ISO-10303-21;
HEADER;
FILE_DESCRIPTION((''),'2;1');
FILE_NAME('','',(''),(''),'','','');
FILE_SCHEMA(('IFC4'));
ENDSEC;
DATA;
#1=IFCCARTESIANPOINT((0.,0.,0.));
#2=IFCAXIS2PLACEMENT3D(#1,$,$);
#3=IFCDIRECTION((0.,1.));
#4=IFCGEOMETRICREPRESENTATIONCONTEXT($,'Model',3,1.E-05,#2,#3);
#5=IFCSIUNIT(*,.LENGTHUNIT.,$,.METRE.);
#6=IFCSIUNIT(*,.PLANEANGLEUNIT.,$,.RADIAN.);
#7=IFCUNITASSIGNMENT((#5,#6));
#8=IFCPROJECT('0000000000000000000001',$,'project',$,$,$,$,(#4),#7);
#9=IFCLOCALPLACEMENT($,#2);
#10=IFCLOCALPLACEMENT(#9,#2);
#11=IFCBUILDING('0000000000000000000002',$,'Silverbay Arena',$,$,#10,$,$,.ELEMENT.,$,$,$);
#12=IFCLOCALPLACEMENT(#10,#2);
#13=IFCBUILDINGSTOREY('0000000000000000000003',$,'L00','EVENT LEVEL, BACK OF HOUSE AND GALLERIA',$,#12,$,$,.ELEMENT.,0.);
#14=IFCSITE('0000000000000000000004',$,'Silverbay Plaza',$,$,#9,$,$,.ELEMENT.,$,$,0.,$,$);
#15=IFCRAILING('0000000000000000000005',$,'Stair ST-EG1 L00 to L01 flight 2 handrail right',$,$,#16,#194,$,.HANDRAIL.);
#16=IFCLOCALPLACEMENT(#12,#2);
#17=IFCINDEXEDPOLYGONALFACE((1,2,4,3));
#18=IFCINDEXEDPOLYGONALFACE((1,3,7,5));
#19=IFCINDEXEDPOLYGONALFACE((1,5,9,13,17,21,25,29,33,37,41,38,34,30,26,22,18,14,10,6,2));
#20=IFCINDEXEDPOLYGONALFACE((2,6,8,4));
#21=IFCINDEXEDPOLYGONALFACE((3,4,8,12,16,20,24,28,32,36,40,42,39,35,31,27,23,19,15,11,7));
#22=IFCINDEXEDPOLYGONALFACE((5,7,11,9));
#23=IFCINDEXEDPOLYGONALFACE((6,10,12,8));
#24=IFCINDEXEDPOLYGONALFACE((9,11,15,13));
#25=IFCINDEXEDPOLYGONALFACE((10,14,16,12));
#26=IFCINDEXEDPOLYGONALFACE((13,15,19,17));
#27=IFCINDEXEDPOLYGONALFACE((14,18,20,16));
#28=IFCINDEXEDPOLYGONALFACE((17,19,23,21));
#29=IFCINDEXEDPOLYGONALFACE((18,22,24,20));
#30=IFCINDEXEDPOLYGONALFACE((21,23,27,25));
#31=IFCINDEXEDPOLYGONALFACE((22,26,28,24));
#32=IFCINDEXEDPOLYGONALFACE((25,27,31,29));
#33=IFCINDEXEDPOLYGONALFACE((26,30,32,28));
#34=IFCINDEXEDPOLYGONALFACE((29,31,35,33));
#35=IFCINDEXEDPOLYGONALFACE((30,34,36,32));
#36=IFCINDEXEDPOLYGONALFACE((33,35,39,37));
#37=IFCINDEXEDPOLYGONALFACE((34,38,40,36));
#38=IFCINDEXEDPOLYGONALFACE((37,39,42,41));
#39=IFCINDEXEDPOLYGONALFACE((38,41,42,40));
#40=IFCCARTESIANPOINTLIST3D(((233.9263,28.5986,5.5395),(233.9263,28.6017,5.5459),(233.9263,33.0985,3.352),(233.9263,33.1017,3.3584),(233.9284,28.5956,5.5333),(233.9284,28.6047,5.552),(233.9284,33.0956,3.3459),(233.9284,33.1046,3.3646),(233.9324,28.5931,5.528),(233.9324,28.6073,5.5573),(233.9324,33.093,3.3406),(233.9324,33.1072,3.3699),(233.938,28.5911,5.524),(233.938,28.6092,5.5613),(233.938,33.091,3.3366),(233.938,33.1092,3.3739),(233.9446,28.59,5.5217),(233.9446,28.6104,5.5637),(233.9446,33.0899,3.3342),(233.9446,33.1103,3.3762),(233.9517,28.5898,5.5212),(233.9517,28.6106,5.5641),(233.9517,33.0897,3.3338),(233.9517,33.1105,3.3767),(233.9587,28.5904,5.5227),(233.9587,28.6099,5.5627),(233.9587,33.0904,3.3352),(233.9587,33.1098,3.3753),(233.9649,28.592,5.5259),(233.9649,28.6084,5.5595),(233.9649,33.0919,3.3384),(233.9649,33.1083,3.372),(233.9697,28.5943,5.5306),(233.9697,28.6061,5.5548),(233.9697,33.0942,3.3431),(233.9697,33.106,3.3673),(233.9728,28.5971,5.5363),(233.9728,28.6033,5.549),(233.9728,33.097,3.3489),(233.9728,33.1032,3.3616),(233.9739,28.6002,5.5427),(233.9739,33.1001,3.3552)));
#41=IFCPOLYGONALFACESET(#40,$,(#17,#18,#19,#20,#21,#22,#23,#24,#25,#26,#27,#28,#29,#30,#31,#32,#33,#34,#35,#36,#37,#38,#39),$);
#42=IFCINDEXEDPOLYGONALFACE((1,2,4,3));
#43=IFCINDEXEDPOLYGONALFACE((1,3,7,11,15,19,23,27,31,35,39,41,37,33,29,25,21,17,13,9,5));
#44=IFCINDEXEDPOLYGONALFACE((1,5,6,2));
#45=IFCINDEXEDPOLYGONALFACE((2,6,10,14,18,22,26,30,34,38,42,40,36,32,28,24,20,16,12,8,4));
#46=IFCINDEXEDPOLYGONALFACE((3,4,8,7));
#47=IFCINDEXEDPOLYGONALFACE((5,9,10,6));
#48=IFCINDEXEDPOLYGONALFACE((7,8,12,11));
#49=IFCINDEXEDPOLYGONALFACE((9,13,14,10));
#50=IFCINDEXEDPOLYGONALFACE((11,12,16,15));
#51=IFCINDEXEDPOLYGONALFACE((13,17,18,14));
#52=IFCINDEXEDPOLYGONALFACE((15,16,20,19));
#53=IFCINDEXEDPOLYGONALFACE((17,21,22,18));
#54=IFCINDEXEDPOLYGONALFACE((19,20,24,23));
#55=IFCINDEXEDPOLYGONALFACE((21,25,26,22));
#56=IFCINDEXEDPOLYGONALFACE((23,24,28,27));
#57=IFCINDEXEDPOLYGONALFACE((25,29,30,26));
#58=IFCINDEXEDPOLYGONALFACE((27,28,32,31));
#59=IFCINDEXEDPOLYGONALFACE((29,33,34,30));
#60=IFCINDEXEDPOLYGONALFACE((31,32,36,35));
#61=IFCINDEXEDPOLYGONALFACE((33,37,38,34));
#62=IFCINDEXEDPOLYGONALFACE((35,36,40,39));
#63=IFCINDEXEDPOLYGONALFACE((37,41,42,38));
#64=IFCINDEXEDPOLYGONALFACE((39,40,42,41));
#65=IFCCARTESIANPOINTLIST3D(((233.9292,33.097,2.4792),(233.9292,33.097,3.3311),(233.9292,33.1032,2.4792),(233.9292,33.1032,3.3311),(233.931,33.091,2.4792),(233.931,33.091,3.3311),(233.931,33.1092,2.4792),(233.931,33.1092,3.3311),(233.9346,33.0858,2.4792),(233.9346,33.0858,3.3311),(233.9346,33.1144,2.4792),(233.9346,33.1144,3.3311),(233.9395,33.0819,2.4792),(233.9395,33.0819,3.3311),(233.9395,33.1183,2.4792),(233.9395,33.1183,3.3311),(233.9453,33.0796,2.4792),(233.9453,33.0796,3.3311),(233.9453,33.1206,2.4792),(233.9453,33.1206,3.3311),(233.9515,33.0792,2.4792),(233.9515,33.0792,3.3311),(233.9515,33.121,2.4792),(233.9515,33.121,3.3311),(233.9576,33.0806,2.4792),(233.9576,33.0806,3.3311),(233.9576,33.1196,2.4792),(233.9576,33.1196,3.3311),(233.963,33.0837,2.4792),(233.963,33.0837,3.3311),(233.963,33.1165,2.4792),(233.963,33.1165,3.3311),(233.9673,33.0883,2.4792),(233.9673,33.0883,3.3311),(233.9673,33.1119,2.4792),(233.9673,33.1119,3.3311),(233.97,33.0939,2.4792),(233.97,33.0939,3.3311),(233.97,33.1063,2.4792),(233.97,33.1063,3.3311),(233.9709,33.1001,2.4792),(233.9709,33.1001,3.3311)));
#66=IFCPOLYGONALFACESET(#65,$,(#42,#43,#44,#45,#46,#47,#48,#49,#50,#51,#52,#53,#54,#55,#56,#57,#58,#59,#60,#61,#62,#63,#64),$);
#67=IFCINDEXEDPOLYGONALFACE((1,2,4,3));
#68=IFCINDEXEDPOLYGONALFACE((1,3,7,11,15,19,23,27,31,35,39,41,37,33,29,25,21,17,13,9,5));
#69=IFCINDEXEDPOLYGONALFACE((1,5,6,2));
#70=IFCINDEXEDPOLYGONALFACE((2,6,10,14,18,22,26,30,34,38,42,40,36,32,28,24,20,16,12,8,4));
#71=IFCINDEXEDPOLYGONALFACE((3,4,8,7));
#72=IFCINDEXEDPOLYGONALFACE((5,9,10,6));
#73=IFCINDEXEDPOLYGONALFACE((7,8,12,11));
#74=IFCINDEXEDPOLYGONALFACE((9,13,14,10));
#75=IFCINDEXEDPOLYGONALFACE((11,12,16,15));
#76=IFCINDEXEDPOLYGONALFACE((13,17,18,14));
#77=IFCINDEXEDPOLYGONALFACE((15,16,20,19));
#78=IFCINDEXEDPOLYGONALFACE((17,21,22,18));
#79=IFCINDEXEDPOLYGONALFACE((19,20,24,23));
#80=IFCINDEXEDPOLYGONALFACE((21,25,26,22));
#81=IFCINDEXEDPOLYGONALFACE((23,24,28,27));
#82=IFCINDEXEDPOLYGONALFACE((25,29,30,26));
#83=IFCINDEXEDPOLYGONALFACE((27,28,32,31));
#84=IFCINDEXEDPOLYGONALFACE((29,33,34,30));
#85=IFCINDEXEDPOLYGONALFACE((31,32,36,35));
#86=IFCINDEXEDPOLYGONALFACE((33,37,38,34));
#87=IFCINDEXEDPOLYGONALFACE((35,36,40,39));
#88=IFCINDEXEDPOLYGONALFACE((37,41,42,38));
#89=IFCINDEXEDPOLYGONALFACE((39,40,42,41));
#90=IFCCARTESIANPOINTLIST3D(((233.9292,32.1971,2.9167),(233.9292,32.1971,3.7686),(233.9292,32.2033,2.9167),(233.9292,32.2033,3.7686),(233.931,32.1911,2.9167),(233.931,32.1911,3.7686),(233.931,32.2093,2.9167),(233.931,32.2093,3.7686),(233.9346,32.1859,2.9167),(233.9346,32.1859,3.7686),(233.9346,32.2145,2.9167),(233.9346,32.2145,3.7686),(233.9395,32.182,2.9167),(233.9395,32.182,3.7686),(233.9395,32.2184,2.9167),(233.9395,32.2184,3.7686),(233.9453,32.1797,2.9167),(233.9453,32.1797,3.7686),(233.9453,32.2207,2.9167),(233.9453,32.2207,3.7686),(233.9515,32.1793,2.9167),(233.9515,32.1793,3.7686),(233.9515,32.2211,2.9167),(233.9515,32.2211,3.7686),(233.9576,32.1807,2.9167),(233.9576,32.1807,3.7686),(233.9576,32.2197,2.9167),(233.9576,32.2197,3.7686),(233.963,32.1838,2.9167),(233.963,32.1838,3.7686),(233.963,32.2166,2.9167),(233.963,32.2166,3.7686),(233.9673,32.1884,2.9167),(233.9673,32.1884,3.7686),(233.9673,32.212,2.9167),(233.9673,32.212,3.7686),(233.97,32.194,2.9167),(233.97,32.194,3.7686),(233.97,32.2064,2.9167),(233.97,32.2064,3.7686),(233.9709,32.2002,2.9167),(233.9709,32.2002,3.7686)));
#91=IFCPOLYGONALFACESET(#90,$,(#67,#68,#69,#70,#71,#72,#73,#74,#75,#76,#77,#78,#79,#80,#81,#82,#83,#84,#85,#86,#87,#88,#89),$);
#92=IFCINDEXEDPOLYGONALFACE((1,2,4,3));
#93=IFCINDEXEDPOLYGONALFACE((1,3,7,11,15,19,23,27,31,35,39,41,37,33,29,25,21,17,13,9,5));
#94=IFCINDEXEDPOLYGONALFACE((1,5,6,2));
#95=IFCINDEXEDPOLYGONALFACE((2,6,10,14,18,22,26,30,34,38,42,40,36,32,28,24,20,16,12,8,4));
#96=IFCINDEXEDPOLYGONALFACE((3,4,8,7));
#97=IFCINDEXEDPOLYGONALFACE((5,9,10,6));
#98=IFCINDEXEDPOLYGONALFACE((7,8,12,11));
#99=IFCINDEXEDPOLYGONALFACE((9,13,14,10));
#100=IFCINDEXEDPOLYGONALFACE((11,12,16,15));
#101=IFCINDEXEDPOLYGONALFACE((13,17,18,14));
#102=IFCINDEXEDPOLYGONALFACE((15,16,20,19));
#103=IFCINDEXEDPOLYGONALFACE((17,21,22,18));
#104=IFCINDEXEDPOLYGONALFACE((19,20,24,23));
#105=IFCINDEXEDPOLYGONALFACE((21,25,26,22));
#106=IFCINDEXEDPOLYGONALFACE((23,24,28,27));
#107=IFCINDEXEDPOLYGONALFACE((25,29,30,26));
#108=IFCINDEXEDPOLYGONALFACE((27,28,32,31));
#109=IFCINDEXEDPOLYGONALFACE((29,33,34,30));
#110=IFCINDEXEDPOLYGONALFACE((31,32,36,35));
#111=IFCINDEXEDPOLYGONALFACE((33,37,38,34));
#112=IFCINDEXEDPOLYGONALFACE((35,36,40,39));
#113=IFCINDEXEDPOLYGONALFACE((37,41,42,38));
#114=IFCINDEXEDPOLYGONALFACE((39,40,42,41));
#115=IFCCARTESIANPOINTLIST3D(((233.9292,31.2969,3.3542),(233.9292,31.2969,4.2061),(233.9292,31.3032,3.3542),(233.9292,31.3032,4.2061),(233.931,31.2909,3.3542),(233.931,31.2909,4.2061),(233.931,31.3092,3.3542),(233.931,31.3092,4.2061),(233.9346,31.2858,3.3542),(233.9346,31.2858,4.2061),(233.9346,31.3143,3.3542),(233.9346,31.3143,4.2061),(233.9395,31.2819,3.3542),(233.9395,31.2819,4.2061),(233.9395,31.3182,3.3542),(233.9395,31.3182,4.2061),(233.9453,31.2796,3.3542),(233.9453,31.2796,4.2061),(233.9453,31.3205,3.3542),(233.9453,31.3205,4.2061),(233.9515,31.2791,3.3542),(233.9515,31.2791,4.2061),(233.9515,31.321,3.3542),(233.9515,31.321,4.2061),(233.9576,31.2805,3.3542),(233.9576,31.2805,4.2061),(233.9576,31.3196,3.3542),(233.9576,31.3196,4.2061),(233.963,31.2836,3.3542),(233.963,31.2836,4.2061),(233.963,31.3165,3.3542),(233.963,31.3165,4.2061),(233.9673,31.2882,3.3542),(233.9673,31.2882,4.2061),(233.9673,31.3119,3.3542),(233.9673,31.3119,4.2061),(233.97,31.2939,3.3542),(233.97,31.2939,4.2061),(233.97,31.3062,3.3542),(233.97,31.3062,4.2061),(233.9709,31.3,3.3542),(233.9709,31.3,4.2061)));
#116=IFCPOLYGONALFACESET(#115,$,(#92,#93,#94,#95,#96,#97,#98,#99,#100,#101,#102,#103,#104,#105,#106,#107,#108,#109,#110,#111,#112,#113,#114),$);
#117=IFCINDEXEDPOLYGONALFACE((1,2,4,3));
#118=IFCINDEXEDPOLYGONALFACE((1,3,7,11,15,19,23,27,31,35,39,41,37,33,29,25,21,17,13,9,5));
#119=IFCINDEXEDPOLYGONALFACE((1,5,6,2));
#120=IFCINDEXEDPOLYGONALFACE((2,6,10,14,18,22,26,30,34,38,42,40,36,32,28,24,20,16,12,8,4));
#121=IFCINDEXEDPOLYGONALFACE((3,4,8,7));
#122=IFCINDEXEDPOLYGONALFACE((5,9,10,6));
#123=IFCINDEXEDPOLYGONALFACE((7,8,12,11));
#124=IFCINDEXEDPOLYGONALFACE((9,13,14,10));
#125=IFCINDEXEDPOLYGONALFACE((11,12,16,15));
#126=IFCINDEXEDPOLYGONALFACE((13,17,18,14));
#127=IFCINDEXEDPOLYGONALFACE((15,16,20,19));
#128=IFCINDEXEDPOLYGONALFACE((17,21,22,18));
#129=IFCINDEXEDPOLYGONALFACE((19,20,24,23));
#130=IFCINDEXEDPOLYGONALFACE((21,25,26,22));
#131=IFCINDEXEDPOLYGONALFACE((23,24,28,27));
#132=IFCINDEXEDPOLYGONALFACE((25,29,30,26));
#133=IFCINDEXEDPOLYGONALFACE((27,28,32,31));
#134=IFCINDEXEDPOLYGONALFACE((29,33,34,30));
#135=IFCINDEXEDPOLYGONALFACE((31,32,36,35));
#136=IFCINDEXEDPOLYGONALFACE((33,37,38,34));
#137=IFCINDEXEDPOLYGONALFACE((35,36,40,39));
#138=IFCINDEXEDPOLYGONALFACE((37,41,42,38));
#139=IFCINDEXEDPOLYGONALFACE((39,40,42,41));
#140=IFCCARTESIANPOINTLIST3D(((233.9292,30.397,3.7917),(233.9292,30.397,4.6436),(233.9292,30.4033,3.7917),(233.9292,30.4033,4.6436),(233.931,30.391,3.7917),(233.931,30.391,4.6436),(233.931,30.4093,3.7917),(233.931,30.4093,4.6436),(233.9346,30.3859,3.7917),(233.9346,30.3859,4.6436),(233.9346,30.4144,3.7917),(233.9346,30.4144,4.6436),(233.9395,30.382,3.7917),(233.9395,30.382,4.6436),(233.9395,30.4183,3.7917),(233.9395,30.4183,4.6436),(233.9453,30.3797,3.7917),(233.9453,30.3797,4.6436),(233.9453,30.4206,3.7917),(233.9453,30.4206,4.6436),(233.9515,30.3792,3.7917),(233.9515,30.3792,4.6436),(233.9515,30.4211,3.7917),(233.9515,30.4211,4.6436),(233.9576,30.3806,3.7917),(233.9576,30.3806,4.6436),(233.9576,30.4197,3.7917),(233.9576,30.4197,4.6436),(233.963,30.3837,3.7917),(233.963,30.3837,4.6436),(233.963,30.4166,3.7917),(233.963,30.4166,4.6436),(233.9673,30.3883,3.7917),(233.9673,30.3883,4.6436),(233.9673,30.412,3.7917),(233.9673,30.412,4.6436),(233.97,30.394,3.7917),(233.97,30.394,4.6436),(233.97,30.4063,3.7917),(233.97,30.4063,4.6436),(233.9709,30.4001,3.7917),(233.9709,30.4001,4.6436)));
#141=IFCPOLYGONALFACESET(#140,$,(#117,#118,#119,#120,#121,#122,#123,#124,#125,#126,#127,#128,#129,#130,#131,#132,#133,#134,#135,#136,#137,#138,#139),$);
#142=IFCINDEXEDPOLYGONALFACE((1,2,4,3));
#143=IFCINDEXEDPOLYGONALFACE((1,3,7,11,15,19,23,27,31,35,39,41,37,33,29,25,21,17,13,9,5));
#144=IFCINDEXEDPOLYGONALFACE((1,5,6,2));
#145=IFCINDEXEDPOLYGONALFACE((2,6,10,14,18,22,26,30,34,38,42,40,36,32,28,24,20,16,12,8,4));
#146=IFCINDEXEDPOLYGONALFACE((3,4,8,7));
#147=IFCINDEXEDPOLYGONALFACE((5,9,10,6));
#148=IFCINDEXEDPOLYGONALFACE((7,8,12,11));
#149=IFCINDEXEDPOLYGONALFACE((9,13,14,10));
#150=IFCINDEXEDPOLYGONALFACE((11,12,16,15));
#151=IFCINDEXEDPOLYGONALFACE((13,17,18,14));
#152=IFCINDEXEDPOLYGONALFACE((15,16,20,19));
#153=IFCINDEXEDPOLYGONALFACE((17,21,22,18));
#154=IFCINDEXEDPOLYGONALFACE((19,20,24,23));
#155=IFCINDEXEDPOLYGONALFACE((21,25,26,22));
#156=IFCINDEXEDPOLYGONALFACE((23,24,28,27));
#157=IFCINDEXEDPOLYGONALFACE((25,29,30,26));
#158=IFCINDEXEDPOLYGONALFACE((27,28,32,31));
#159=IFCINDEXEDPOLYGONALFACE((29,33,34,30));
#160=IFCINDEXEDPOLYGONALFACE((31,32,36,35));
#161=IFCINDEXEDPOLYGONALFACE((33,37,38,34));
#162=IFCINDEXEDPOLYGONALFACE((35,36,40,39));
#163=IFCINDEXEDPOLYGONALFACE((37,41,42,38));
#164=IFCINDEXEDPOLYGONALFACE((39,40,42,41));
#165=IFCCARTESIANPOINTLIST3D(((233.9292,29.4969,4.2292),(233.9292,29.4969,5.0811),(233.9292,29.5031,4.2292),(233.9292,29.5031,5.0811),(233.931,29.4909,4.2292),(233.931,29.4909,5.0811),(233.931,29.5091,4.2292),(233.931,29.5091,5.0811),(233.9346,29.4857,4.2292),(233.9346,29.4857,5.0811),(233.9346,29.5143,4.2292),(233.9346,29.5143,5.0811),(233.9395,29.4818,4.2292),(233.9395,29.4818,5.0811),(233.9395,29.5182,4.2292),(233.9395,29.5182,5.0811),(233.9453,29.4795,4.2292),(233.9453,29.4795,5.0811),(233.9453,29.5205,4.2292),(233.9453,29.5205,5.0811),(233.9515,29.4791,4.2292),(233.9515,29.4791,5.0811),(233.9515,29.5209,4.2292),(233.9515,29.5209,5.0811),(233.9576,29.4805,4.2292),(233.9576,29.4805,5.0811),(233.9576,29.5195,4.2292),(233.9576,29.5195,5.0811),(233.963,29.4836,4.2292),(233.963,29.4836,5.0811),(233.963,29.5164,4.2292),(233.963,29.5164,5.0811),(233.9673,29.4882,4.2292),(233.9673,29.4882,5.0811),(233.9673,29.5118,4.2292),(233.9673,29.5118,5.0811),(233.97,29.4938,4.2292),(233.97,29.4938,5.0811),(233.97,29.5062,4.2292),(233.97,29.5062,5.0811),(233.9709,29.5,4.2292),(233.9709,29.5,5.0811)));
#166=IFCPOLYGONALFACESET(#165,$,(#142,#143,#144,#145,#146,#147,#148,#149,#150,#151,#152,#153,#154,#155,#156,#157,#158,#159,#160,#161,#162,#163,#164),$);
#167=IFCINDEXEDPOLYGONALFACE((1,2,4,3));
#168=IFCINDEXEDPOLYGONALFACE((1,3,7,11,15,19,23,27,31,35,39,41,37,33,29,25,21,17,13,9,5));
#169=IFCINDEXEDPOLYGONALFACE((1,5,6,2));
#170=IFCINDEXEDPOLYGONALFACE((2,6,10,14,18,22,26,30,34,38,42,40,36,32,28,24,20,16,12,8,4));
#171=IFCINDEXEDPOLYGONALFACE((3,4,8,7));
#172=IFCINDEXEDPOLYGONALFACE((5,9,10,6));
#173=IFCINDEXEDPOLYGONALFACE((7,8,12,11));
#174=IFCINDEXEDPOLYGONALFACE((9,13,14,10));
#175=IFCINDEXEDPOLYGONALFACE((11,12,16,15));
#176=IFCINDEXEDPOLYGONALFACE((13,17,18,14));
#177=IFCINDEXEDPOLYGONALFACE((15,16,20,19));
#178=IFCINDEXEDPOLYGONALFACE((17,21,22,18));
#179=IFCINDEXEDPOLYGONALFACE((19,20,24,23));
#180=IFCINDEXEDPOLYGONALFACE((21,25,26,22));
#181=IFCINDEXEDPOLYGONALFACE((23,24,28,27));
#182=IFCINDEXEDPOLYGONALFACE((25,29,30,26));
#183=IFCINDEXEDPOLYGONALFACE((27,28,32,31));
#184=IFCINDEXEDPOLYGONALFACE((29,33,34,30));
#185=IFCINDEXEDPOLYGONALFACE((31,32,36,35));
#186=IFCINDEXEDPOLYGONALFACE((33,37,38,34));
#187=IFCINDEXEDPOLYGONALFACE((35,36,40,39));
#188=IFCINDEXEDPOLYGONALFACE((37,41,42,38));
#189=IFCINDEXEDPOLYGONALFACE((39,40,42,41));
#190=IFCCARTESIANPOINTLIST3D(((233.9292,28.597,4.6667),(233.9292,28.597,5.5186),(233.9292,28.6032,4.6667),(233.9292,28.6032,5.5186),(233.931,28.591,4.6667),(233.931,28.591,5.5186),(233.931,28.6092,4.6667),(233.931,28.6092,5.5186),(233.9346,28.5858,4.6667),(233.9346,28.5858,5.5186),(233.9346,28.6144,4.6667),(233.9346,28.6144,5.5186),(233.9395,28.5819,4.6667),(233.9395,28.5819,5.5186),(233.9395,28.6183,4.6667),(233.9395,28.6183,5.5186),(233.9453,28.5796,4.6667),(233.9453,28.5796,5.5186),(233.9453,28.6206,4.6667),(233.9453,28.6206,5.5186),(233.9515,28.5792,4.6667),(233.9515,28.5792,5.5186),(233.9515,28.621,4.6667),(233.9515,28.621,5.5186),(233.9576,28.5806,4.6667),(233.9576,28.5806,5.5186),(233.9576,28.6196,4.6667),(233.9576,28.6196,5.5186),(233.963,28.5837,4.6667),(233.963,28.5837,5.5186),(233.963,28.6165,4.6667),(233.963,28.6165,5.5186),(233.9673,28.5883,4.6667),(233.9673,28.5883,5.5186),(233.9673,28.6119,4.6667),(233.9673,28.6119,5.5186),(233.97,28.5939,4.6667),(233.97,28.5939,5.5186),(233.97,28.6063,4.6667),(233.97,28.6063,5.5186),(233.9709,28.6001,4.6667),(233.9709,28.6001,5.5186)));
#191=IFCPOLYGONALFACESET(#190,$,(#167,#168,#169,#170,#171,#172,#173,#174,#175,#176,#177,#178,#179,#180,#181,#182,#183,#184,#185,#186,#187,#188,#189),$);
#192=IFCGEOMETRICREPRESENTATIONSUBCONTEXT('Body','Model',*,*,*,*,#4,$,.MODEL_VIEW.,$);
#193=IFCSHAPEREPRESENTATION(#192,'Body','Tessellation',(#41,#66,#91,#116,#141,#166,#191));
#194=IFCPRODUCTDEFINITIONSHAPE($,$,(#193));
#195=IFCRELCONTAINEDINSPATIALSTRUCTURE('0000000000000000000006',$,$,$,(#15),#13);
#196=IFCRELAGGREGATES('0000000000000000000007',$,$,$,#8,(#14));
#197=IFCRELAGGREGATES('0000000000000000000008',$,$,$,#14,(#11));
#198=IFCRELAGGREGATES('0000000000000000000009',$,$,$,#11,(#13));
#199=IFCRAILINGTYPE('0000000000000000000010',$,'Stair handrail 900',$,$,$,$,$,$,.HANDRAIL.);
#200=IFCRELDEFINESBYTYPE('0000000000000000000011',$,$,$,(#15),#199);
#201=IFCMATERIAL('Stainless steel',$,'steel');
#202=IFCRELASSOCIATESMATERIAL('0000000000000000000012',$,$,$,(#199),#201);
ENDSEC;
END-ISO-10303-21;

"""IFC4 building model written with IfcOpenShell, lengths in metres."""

from ifc_helpers import new_model, si_unit, direction, frame, origin, origin_2d, place, context, subcontext, project, spatial, circle, extrude, material, type_object, element, save


model = new_model("IFC4")

# Units and contexts
model_context = context("Model", 3, precision=1e-05, world=origin(), true_north=direction((0.0, 1.0)))
body_context = subcontext(model_context, "Body", "Model", "MODEL_VIEW")
ifc_project = project(units=[si_unit("LENGTHUNIT", "METRE"), si_unit("PLANEANGLEUNIT", "RADIAN")], contexts=[model_context])

# Site, building, storey
site_placement = place(None, origin())
site = spatial("IfcSite", under=ifc_project, at=site_placement, Name="Silverbay Plaza", CompositionType="ELEMENT", RefElevation=0.0)
building_placement = place(site_placement, origin())
building = spatial("IfcBuilding", under=site, at=building_placement, Name="Silverbay Arena", CompositionType="ELEMENT")
storey_placement = place(building_placement, origin())
storey = spatial("IfcBuildingStorey", under=building, at=storey_placement, Name="L00", Description="EVENT LEVEL, BACK OF HOUSE AND GALLERIA", CompositionType="ELEMENT", Elevation=0.0)

# Railing
ifc_material_1 = material(Name="Stainless steel", Category="steel")
railing_type_1 = type_object("IfcRailingType", Name="Stair handrail 900", PredefinedType="HANDRAIL", material=ifc_material_1)
for number, where, name in (
    (1, (233.95, 33.1001, 2.4792), "Stair ST-EG1 L00 to L01 flight 2 handrail right"),
):
    element("IfcRailing", number, at=place(storey_placement, frame(where)), inside=storey, type_object=railing_type_1, Name=name, PredefinedType="HANDRAIL", context=body_context, shape_type="SweptSolid", body=[
        extrude(circle(Radius=0.0239, at=origin_2d()), frame((0.0, 0.0, 0.876), z_axis=(0.0, -0.899368, 0.437193), x_axis=(1.0, 0.0, 0.0)), (0.0, 0.0, 1.0), 5.0034),
        extrude(circle(Radius=0.021, at=origin_2d()), origin(), (0.0, 0.0, 1.0), 0.8518),
        extrude(circle(Radius=0.021, at=origin_2d()), frame((0.0, -0.8999, 0.4375)), (0.0, 0.0, 1.0), 0.8518),
        extrude(circle(Radius=0.021, at=origin_2d()), frame((0.0, -1.8, 0.875)), (0.0, 0.0, 1.0), 0.8518),
        extrude(circle(Radius=0.021, at=origin_2d()), frame((0.0, -2.7, 1.3125)), (0.0, 0.0, 1.0), 0.8518),
        extrude(circle(Radius=0.021, at=origin_2d()), frame((0.0, -3.6001, 1.75)), (0.0, 0.0, 1.0), 0.8518),
        extrude(circle(Radius=0.021, at=origin_2d()), frame((0.0, -4.5, 2.1875)), (0.0, 0.0, 1.0), 0.8518),
    ])

save(model, "model.ifc")
